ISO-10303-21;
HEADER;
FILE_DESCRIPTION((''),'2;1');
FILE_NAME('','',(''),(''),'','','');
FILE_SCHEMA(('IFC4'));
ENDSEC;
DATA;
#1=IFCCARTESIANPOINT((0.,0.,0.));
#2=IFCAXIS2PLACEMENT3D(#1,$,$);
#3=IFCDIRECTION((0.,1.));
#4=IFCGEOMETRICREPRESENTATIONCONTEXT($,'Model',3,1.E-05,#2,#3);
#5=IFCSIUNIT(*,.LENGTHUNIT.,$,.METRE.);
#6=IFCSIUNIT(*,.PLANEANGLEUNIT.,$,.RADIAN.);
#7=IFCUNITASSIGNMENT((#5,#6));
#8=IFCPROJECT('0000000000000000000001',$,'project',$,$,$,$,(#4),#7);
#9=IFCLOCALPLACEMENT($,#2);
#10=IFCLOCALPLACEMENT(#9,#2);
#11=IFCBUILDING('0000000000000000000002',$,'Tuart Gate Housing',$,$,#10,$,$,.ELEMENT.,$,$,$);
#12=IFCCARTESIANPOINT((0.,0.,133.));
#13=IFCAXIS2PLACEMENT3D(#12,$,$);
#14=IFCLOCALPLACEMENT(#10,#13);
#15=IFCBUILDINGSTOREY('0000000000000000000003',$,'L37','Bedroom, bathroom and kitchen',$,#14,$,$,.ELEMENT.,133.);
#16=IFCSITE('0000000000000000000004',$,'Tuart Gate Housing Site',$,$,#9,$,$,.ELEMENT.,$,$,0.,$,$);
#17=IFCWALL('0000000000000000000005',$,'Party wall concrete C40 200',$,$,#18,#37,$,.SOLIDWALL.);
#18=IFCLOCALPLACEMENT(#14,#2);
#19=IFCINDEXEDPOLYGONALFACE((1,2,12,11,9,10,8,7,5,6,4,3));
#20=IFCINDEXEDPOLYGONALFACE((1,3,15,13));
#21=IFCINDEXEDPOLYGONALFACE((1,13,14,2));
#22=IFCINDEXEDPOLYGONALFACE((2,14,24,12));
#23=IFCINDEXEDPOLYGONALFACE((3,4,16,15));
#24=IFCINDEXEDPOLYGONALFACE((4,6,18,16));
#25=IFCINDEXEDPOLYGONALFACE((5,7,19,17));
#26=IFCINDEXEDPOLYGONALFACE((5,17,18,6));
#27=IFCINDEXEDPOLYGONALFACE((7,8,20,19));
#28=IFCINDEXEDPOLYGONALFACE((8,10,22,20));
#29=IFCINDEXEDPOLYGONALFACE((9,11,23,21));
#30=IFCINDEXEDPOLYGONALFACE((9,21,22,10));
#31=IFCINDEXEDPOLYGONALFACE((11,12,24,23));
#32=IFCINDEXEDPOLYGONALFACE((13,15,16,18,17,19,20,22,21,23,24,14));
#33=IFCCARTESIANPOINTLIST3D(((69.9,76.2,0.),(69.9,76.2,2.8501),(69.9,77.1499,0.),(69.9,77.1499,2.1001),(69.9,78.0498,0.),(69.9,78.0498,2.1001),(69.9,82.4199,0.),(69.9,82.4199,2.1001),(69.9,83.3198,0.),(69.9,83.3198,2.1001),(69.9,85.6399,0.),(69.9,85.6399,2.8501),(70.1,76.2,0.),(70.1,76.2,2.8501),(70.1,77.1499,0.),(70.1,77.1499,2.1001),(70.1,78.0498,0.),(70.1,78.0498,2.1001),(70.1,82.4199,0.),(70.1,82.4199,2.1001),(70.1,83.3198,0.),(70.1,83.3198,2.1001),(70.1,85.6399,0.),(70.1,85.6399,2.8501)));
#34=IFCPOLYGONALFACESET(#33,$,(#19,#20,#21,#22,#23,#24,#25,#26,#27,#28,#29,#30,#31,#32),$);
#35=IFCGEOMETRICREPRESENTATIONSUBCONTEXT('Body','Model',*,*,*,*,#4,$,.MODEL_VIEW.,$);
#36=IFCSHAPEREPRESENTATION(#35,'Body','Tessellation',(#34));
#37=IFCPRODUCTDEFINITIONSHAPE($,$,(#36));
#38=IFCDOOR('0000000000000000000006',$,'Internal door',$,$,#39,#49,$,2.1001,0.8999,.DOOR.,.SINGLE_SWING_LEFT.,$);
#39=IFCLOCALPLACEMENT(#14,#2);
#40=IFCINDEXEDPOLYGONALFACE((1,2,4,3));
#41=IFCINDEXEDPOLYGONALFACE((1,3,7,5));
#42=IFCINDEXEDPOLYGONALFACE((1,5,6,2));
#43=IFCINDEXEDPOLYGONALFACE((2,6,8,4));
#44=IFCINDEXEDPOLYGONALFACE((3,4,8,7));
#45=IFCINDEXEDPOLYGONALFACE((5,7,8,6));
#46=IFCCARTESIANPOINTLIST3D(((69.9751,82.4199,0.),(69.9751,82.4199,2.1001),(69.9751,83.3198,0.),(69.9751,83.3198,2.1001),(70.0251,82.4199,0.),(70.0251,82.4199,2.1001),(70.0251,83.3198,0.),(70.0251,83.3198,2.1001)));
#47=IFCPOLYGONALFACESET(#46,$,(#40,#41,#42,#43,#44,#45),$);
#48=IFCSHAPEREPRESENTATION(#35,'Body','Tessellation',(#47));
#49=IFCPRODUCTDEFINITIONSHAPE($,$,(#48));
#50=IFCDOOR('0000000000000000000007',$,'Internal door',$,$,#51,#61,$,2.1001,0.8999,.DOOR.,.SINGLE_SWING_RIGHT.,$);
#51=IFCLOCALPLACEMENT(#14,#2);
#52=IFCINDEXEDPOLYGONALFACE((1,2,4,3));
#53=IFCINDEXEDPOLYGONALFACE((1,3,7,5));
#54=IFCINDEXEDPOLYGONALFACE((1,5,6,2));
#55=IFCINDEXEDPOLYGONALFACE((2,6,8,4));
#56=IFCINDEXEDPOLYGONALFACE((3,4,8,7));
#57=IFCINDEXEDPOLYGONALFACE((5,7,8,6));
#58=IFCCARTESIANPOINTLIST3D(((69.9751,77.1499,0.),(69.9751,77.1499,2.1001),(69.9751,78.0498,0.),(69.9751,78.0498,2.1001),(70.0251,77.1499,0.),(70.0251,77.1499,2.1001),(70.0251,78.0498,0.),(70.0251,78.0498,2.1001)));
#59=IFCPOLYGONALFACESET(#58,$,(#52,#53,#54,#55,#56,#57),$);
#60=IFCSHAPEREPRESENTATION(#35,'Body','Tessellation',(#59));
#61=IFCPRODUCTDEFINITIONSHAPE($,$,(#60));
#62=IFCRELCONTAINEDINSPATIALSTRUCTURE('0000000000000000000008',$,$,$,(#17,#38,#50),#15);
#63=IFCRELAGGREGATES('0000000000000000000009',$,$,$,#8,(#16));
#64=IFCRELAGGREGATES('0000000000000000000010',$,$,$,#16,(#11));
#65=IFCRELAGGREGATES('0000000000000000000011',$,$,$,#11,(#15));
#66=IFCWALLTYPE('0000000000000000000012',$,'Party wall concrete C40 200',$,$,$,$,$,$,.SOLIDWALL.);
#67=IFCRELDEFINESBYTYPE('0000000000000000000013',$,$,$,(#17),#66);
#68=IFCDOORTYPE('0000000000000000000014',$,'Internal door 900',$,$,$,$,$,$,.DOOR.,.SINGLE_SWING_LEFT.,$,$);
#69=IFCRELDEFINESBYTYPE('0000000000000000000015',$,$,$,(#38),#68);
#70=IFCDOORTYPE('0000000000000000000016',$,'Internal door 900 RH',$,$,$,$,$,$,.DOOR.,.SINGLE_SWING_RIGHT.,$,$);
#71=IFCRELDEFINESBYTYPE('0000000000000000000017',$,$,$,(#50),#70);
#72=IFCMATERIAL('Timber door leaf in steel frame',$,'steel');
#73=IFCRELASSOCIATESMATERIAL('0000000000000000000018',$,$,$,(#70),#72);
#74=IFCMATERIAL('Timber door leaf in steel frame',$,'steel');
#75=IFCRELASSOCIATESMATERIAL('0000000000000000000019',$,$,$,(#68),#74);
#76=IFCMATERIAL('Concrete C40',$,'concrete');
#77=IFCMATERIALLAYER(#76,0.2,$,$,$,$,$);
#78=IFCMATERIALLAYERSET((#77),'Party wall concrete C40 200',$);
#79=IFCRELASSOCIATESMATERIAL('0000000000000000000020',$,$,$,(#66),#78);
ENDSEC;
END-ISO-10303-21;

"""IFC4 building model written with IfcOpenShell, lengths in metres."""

from ifc_helpers import new_model, si_unit, direction, frame, frame_2d, origin, place, context, subcontext, project, spatial, rectangle, extrude, material, layer, layer_set, type_object, element, fill, save


model = new_model("IFC4")

# Units and contexts
model_context = context("Model", 3, precision=1e-05, world=origin(), true_north=direction((0.0, 1.0)))
body_context = subcontext(model_context, "Body", "Model", "MODEL_VIEW")
ifc_project = project(units=[si_unit("LENGTHUNIT", "METRE"), si_unit("PLANEANGLEUNIT", "RADIAN")], contexts=[model_context])

# Site, building, storey
site_placement = place(None, origin())
site = spatial("IfcSite", under=ifc_project, at=site_placement, Name="Tuart Gate Housing Site", CompositionType="ELEMENT", RefElevation=0.0)
building_placement = place(site_placement, origin())
building = spatial("IfcBuilding", under=site, at=building_placement, Name="Tuart Gate Housing", CompositionType="ELEMENT")
storey_placement = place(building_placement, frame((0.0, 0.0, 133.0)))
storey = spatial("IfcBuildingStorey", under=building, at=storey_placement, Name="L37", Description="Bedroom, bathroom and kitchen", CompositionType="ELEMENT", Elevation=133.0)

# Shared definitions
ifc_material_1 = material(Name="Timber door leaf in steel frame", Category="steel")
door_type_1 = type_object("IfcDoorType", Name="Internal door 900 RH", OperationType="SINGLE_SWING_RIGHT", PredefinedType="DOOR", material=ifc_material_1)

# Shared definitions
ifc_material_2 = material(Name="Timber door leaf in steel frame", Category="steel")
door_type_2 = type_object("IfcDoorType", Name="Internal door 900", OperationType="SINGLE_SWING_LEFT", PredefinedType="DOOR", material=ifc_material_2)

# Shared definitions
ifc_material_3 = material(Name="Concrete C40", Category="concrete")
ifc_layer_1 = layer(ifc_material_3, 0.2)
ifc_layer_set_1 = layer_set([ifc_layer_1], Name="Party wall concrete C40 200")
wall_type_1 = type_object("IfcWallType", Name="Party wall concrete C40 200", PredefinedType="SOLIDWALL", material=ifc_layer_set_1)

# Wall, openings, doors
wall_1_placement = place(storey_placement, frame((70.0, 76.2, 0.0), z_axis=(0.0, 0.0, 1.0), x_axis=(0.0, 1.0, 0.0)))
wall_1 = element("IfcWall", 1, at=wall_1_placement, inside=storey, type_object=wall_type_1, Name="Party wall concrete C40 200", PredefinedType="SOLIDWALL", context=body_context, shape_type="SweptSolid", body=[
    extrude(rectangle(XDim=9.4399, YDim=0.2, at=frame_2d((4.72, 0.0))), origin(), (0.0, 0.0, 1.0), 2.8501),
])
opening_1_placement = place(wall_1_placement, frame((6.22, 0.0, 0.0)))
opening_1 = element("IfcOpeningElement", 2, at=opening_1_placement, cuts=wall_1, PredefinedType="OPENING", context=body_context, shape_type="SweptSolid", body=[
    extrude(rectangle(XDim=0.8999, YDim=2.1001, at=frame_2d((0.45, 1.05))), frame((0.0, 0.1099, 0.0), z_axis=(0.0, -1.0, 0.0), x_axis=(1.0, 0.0, 0.0)), (0.0, 0.0, 1.0), 0.22),
])
opening_2_placement = place(wall_1_placement, frame((0.95, 0.0, 0.0)))
opening_2 = element("IfcOpeningElement", 3, at=opening_2_placement, cuts=wall_1, PredefinedType="OPENING", context=body_context, shape_type="SweptSolid", body=[
    extrude(rectangle(XDim=0.8999, YDim=2.1001, at=frame_2d((0.45, 1.05))), frame((0.0, 0.1099, 0.0), z_axis=(0.0, -1.0, 0.0), x_axis=(1.0, 0.0, 0.0)), (0.0, 0.0, 1.0), 0.22),
])
door_1_placement = place(opening_1_placement, frame((0.8999, 0.0, 0.0), z_axis=(0.0, 0.0, 1.0), x_axis=(-1.0, 0.0, 0.0)))
door_1 = element("IfcDoor", 4, at=door_1_placement, inside=storey, type_object=door_type_2, Name="Internal door", OperationType="SINGLE_SWING_LEFT", OverallHeight=2.1001, OverallWidth=0.8999, PredefinedType="DOOR", context=body_context, shape_type="SweptSolid", body=[
    extrude(rectangle(XDim=0.8999, YDim=2.1001, at=frame_2d((0.45, 1.05))), frame((0.0, 0.0251, 0.0), z_axis=(0.0, -1.0, 0.0), x_axis=(1.0, 0.0, 0.0)), (0.0, 0.0, 1.0), 0.05),
])
fill(opening_1, door_1)
door_2_placement = place(opening_2_placement, frame((0.8999, 0.0, 0.0), z_axis=(0.0, 0.0, 1.0), x_axis=(-1.0, 0.0, 0.0)))
door_2 = element("IfcDoor", 5, at=door_2_placement, inside=storey, type_object=door_type_1, Name="Internal door", OperationType="SINGLE_SWING_RIGHT", OverallHeight=2.1001, OverallWidth=0.8999, PredefinedType="DOOR", context=body_context, shape_type="SweptSolid", body=[
    extrude(rectangle(XDim=0.8999, YDim=2.1001, at=frame_2d((0.45, 1.05))), frame((0.0, 0.0251, 0.0), z_axis=(0.0, -1.0, 0.0), x_axis=(1.0, 0.0, 0.0)), (0.0, 0.0, 1.0), 0.05),
])
fill(opening_2, door_2)

save(model, "model.ifc")
